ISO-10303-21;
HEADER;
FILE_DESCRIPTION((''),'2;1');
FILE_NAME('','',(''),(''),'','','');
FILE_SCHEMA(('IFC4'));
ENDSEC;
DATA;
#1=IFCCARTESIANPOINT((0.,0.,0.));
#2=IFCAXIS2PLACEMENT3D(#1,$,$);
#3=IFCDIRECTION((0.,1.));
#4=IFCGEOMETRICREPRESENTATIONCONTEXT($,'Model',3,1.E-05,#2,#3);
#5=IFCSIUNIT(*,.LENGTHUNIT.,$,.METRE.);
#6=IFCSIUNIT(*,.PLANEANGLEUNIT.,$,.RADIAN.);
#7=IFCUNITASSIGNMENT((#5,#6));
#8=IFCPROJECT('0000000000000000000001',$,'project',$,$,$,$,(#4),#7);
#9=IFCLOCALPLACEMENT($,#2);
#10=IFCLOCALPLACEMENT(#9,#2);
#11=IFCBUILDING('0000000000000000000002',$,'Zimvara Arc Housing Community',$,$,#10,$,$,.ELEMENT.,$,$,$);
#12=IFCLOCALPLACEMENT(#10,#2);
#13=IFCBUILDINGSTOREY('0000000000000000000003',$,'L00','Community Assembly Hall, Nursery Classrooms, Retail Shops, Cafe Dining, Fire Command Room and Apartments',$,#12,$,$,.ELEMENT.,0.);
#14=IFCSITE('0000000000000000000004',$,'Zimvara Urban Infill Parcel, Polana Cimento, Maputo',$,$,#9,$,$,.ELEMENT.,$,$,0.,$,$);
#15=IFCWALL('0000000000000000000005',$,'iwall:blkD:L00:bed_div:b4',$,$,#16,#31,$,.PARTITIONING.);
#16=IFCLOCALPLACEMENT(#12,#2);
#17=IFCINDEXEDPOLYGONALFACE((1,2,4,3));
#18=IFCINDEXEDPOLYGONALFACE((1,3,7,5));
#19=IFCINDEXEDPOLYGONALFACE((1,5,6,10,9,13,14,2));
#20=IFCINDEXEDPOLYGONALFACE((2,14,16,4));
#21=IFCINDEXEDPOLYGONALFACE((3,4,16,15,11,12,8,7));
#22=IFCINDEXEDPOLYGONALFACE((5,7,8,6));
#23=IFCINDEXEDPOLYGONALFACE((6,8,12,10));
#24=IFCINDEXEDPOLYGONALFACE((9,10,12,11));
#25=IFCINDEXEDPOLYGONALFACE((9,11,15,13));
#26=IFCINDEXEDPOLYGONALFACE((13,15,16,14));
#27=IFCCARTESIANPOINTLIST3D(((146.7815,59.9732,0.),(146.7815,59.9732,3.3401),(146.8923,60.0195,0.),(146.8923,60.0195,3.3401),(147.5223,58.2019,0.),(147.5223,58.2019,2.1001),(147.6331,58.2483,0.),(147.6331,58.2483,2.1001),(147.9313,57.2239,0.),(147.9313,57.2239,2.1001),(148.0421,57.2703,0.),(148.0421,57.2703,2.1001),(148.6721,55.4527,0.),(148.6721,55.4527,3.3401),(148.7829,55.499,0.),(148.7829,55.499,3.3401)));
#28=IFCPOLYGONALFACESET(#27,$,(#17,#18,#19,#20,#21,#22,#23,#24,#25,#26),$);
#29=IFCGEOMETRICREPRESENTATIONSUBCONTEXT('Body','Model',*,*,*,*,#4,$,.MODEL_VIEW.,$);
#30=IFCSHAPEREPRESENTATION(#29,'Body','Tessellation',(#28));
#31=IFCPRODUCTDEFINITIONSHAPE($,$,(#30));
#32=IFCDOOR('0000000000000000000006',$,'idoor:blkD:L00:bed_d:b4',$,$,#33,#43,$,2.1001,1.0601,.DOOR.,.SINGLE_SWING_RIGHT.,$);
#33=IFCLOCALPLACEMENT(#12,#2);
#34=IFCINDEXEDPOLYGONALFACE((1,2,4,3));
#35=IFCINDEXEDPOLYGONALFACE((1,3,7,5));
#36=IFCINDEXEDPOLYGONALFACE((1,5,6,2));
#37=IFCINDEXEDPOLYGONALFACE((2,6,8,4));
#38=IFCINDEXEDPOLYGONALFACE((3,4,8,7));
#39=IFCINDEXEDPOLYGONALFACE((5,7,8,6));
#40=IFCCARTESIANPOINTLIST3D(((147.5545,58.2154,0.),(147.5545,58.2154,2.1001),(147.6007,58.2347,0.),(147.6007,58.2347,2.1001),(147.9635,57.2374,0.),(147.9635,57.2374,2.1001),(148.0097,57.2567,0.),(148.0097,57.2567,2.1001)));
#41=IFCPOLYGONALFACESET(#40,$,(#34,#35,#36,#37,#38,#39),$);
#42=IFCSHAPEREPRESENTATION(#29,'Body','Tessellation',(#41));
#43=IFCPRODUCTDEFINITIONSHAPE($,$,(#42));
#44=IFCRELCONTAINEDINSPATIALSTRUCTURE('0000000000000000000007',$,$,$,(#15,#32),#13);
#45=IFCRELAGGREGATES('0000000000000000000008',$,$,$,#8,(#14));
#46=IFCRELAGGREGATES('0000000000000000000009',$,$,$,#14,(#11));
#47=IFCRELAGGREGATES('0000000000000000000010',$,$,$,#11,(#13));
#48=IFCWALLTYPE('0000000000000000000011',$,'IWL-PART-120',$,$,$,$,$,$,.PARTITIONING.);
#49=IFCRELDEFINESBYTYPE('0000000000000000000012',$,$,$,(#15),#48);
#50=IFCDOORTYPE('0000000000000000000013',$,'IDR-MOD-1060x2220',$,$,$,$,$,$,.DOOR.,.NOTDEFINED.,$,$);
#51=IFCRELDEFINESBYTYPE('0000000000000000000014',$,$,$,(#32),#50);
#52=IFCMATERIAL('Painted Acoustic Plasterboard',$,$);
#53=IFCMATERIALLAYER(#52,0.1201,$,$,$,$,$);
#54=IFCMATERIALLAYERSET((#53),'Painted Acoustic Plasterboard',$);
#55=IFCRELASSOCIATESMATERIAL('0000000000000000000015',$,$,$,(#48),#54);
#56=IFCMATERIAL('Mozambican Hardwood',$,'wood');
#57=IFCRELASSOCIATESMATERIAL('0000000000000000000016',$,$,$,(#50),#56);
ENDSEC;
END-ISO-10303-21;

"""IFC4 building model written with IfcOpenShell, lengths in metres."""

from ifc_helpers import new_model, si_unit, direction, frame, frame_2d, origin, place, context, subcontext, project, spatial, rectangle, extrude, material, layer, layer_set, type_object, element, fill, save


model = new_model("IFC4")

# Units and contexts
model_context = context("Model", 3, precision=1e-05, world=origin(), true_north=direction((0.0, 1.0)))
body_context = subcontext(model_context, "Body", "Model", "MODEL_VIEW")
ifc_project = project(units=[si_unit("LENGTHUNIT", "METRE"), si_unit("PLANEANGLEUNIT", "RADIAN")], contexts=[model_context])

# Site, building, storey
site_placement = place(None, origin())
site = spatial("IfcSite", under=ifc_project, at=site_placement, Name="Zimvara Urban Infill Parcel, Polana Cimento, Maputo", CompositionType="ELEMENT", RefElevation=0.0)
building_placement = place(site_placement, origin())
building = spatial("IfcBuilding", under=site, at=building_placement, Name="Zimvara Arc Housing Community", CompositionType="ELEMENT")
storey_placement = place(building_placement, origin())
storey = spatial("IfcBuildingStorey", under=building, at=storey_placement, Name="L00", Description="Community Assembly Hall, Nursery Classrooms, Retail Shops, Cafe Dining, Fire Command Room and Apartments", CompositionType="ELEMENT", Elevation=0.0)

# Wall, opening, door
ifc_material_1 = material(Name="Painted Acoustic Plasterboard")
ifc_layer_1 = layer(ifc_material_1, 0.1201)
ifc_layer_set_1 = layer_set([ifc_layer_1], Name="Painted Acoustic Plasterboard")
wall_type_1 = type_object("IfcWallType", Name="IWL-PART-120", PredefinedType="PARTITIONING", material=ifc_layer_set_1)
wall_1_placement = place(storey_placement, frame((146.8369, 59.9963, 0.0), z_axis=(0.0, 0.0, 1.0), x_axis=(0.385846, -0.922563, 0.0)))
wall_1 = element("IfcWall", 1, at=wall_1_placement, inside=storey, type_object=wall_type_1, Name="iwall:blkD:L00:bed_div:b4", PredefinedType="PARTITIONING", context=body_context, shape_type="SweptSolid", body=[
    extrude(rectangle(XDim=4.8999, YDim=0.1201, at=frame_2d((2.45, 0.0))), origin(), (0.0, 0.0, 1.0), 3.3401),
])
opening_1_placement = place(wall_1_placement, frame((1.9199, 0.0, 0.0)))
opening_1 = element("IfcOpeningElement", 2, at=opening_1_placement, cuts=wall_1, PredefinedType="OPENING", context=body_context, shape_type="SweptSolid", body=[
    extrude(rectangle(XDim=1.0601, YDim=2.1001, at=frame_2d((0.53, 1.05))), frame((0.0, 0.0701, 0.0), z_axis=(0.0, -1.0, 0.0), x_axis=(1.0, 0.0, 0.0)), (0.0, 0.0, 1.0), 0.1401),
])
ifc_material_2 = material(Name="Mozambican Hardwood", Category="wood")
door_type_1 = type_object("IfcDoorType", Name="IDR-MOD-1060x2220", OperationType="NOTDEFINED", PredefinedType="DOOR", material=ifc_material_2)
door_1_placement = place(opening_1_placement, origin())
door_1 = element("IfcDoor", 3, at=door_1_placement, inside=storey, type_object=door_type_1, Name="idoor:blkD:L00:bed_d:b4", OperationType="SINGLE_SWING_RIGHT", OverallHeight=2.1001, OverallWidth=1.0601, PredefinedType="DOOR", context=body_context, shape_type="SweptSolid", body=[
    extrude(rectangle(XDim=1.0601, YDim=2.1001, at=frame_2d((0.53, 1.05))), frame((0.0, 0.0249, 0.0), z_axis=(0.0, -1.0, 0.0), x_axis=(1.0, 0.0, 0.0)), (0.0, 0.0, 1.0), 0.05),
])
fill(opening_1, door_1)

save(model, "model.ifc")
